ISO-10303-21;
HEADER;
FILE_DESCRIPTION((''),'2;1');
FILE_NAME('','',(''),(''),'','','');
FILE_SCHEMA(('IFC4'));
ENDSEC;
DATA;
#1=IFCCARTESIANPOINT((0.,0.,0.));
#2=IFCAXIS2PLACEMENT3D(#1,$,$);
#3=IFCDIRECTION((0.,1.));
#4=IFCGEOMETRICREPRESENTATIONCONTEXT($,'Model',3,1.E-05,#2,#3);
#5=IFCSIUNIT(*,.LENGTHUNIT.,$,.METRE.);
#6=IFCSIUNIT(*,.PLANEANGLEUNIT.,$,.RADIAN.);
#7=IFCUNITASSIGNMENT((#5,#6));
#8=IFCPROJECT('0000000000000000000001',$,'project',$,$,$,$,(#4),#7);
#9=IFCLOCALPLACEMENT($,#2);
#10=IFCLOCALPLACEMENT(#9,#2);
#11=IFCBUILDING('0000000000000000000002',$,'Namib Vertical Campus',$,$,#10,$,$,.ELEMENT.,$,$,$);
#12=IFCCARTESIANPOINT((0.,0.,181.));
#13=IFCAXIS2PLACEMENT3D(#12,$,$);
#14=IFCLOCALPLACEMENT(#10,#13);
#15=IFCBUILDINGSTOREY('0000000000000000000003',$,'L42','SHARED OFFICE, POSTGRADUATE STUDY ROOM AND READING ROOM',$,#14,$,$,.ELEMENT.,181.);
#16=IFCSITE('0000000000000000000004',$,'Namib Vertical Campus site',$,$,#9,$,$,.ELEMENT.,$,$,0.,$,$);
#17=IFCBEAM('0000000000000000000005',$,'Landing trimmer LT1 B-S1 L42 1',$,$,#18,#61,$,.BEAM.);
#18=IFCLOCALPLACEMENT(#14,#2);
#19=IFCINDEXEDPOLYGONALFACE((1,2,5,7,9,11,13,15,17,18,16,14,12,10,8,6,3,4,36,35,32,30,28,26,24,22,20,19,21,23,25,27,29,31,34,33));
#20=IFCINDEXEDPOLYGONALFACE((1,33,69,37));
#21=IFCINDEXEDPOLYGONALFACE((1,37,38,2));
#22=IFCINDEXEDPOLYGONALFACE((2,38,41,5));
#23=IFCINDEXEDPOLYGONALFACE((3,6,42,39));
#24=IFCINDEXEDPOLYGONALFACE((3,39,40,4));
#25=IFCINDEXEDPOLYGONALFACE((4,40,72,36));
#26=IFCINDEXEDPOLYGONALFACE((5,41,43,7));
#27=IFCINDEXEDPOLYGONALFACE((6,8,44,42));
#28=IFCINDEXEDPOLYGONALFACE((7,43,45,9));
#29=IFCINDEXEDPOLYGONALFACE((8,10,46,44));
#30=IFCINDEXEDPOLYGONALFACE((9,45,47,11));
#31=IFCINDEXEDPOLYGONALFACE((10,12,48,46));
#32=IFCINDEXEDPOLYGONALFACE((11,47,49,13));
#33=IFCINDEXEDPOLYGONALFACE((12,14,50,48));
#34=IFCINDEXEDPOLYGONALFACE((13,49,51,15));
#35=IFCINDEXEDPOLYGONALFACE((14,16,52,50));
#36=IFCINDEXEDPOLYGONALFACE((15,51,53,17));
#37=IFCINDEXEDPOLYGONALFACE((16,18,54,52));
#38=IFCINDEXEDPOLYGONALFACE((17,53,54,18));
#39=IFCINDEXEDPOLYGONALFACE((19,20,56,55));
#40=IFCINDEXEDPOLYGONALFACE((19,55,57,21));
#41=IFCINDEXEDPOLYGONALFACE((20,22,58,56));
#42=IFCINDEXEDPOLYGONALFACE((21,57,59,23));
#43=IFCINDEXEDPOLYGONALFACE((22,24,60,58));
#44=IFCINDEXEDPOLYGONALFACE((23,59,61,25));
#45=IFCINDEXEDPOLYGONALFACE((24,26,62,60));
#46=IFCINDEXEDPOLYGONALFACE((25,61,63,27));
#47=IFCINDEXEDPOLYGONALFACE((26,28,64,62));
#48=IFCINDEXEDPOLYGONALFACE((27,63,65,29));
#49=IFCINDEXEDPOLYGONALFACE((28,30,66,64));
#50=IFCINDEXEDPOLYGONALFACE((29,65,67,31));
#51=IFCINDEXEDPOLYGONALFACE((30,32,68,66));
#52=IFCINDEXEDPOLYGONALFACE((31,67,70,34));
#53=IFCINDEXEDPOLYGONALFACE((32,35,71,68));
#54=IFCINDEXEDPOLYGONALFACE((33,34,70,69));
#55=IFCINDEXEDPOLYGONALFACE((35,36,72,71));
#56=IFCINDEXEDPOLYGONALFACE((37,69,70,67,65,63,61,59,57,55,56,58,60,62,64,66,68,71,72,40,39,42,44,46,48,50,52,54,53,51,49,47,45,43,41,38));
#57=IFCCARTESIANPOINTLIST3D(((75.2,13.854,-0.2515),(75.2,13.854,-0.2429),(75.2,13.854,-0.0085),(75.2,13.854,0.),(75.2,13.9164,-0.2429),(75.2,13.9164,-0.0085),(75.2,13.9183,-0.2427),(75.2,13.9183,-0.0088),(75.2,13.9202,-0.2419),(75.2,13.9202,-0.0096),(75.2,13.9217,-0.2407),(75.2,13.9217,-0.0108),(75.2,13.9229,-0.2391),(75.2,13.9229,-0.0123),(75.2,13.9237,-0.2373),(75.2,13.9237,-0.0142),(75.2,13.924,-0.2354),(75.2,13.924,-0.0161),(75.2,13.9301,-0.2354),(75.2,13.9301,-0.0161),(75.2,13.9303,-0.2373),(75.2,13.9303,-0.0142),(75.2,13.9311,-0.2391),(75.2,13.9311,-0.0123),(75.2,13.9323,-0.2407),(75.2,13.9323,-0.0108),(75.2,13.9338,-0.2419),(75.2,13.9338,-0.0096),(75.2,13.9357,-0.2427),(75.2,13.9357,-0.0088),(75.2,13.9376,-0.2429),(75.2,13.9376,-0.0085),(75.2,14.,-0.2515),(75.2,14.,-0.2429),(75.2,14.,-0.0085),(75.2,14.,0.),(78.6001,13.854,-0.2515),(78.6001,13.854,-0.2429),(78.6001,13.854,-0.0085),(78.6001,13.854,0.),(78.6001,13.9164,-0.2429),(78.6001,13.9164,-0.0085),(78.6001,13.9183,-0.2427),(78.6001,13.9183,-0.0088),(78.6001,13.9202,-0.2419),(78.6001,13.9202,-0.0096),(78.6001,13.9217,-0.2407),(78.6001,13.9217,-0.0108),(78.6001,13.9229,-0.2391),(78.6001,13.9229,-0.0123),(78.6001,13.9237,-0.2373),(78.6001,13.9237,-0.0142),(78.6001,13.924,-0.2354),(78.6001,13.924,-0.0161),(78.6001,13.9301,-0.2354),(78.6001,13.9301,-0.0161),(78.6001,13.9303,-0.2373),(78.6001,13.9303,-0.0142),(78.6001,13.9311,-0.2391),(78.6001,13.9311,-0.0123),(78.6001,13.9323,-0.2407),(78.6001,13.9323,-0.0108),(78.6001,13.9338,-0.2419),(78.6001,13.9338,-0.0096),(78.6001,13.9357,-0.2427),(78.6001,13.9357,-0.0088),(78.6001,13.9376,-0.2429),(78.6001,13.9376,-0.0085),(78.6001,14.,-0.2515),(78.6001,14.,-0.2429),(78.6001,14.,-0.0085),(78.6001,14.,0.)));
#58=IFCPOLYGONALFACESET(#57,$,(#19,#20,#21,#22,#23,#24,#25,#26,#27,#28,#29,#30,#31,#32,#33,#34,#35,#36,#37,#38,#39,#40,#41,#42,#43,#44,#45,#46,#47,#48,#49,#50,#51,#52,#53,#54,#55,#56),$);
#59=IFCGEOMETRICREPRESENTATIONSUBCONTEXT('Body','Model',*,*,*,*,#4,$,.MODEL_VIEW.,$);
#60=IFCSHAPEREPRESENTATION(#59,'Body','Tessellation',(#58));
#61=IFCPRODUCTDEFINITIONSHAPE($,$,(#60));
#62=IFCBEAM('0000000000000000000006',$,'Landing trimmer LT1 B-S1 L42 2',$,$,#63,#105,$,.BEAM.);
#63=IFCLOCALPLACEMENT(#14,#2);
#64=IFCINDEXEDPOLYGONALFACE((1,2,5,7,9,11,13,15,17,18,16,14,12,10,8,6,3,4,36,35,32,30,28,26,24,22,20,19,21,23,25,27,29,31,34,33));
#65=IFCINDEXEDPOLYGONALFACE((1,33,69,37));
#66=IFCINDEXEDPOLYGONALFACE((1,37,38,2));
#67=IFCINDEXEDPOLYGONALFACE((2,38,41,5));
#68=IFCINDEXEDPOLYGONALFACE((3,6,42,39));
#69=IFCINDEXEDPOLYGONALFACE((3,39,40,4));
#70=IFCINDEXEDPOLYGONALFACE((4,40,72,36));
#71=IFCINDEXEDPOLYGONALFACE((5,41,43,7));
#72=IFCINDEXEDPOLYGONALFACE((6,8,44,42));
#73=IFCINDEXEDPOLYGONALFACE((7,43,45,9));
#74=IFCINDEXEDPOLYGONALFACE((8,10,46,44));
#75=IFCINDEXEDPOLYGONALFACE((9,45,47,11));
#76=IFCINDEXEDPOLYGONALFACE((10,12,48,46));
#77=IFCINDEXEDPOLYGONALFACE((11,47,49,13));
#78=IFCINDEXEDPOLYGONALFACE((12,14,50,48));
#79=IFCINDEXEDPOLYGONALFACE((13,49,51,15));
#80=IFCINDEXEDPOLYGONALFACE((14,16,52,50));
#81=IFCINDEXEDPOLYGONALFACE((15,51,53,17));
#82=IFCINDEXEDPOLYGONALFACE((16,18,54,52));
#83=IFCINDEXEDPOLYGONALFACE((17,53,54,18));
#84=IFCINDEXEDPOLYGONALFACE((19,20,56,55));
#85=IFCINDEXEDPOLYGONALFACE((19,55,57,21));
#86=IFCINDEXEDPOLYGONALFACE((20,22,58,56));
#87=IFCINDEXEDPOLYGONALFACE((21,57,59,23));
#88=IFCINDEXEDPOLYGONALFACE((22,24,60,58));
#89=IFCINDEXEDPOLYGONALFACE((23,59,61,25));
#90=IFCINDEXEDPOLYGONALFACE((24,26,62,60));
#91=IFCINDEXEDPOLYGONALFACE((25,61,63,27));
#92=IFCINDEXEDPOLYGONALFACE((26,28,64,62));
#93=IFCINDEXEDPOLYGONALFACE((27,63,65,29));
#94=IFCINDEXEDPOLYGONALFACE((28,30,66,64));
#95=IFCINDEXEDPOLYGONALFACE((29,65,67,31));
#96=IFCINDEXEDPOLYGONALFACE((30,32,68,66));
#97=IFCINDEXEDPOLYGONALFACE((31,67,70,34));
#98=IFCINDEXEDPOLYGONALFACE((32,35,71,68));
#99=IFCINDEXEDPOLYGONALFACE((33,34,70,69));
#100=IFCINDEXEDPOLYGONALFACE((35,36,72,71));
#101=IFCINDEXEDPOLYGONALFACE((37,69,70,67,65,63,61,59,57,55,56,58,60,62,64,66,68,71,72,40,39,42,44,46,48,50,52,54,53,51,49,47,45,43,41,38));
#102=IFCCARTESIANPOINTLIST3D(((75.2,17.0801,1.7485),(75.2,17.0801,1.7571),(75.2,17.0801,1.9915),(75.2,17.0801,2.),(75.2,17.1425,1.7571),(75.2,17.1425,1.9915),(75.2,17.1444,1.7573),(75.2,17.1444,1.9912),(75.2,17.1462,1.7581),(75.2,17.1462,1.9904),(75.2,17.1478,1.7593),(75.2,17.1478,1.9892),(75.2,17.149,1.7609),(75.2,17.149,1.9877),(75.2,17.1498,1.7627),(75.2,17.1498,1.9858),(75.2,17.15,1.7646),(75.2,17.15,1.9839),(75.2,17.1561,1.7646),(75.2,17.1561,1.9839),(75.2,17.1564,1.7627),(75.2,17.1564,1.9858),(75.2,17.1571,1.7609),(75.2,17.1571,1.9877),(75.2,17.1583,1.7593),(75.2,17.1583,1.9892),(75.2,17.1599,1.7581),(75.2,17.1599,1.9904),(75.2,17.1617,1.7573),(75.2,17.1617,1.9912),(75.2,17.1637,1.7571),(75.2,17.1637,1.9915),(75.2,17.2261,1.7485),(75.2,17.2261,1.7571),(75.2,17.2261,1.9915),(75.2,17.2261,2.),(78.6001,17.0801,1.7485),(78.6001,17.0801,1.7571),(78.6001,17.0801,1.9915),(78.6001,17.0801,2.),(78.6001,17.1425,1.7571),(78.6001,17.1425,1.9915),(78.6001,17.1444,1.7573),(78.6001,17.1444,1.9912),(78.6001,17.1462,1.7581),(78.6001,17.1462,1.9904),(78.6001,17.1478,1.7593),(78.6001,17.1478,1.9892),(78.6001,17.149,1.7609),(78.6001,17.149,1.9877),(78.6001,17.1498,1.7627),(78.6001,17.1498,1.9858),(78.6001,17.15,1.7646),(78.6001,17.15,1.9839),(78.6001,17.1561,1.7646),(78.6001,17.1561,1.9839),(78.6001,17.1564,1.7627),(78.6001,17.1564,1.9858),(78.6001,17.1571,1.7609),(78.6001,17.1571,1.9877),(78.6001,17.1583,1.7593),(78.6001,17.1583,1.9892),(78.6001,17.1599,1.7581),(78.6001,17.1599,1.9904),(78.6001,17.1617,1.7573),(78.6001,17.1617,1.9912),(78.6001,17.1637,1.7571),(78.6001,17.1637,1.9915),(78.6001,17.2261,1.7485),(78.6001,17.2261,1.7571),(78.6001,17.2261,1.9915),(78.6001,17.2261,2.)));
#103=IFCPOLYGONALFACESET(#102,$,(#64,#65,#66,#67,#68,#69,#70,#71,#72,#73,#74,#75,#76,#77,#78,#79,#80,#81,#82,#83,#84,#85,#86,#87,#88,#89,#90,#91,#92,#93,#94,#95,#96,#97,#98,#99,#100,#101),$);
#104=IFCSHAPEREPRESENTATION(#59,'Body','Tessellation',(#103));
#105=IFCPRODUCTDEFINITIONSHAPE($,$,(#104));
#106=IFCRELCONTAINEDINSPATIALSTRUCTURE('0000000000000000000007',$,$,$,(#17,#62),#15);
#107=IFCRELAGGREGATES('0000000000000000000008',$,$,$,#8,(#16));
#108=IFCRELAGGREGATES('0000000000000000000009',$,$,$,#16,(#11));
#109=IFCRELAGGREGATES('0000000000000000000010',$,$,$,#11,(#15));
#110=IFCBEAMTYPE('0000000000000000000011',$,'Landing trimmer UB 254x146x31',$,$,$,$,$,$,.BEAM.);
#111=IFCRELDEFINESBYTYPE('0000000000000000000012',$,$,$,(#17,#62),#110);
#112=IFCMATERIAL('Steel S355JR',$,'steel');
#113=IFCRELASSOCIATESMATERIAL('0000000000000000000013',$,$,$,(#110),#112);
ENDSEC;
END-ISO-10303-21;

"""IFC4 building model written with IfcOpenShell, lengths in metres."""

from ifc_helpers import new_model, si_unit, direction, frame, origin, origin_2d, place, context, subcontext, project, spatial, i_section, extrude, material, material_profile, profile_set, type_object, element, save


model = new_model("IFC4")

# Units and contexts
model_context = context("Model", 3, precision=1e-05, world=origin(), true_north=direction((0.0, 1.0)))
body_context = subcontext(model_context, "Body", "Model", "MODEL_VIEW")
ifc_project = project(units=[si_unit("LENGTHUNIT", "METRE"), si_unit("PLANEANGLEUNIT", "RADIAN")], contexts=[model_context])

# Site, building, storey
site_placement = place(None, origin())
site = spatial("IfcSite", under=ifc_project, at=site_placement, Name="Namib Vertical Campus site", CompositionType="ELEMENT", RefElevation=0.0)
building_placement = place(site_placement, origin())
building = spatial("IfcBuilding", under=site, at=building_placement, Name="Namib Vertical Campus", CompositionType="ELEMENT")
storey_placement = place(building_placement, frame((0.0, 0.0, 181.0)))
storey = spatial("IfcBuildingStorey", under=building, at=storey_placement, Name="L42", Description="SHARED OFFICE, POSTGRADUATE STUDY ROOM AND READING ROOM", CompositionType="ELEMENT", Elevation=181.0)

# Beams
ifc_material_1 = material(Name="Steel S355JR", Category="steel")
ifc_material_profile = material_profile(ifc_material_1, i_section(OverallWidth=0.146, OverallDepth=0.2515, WebThickness=0.0061, FlangeThickness=0.0085, FilletRadius=0.0076, at=origin_2d()))
ifc_profile_set = profile_set([ifc_material_profile], Name="Steel S355JR")
beam_type = type_object("IfcBeamType", Name="Landing trimmer UB 254x146x31", PredefinedType="BEAM", material=ifc_profile_set)
for number, where, z_axis, x_axis, name in (
    (1, (75.2, 13.927, -0.1257), (1.0, 0.0, 0.0), (0.0, 1.0, 0.0), "Landing trimmer LT1 B-S1 L42 1"),
    (2, (75.2, 17.1531, 1.8743), (1.0, 0.0, 0.0), (0.0, 1.0, 0.0), "Landing trimmer LT1 B-S1 L42 2"),
):
    element("IfcBeam", number, at=place(storey_placement, frame(where, z_axis=z_axis, x_axis=x_axis)), inside=storey, type_object=beam_type, Name=name, PredefinedType="BEAM", context=body_context, shape_type="SweptSolid", body=[
        extrude(i_section(OverallWidth=0.146, OverallDepth=0.2515, WebThickness=0.0061, FlangeThickness=0.0085, FilletRadius=0.0076, at=origin_2d()), origin(), (0.0, 0.0, 1.0), 3.4001),
    ])

save(model, "model.ifc")
